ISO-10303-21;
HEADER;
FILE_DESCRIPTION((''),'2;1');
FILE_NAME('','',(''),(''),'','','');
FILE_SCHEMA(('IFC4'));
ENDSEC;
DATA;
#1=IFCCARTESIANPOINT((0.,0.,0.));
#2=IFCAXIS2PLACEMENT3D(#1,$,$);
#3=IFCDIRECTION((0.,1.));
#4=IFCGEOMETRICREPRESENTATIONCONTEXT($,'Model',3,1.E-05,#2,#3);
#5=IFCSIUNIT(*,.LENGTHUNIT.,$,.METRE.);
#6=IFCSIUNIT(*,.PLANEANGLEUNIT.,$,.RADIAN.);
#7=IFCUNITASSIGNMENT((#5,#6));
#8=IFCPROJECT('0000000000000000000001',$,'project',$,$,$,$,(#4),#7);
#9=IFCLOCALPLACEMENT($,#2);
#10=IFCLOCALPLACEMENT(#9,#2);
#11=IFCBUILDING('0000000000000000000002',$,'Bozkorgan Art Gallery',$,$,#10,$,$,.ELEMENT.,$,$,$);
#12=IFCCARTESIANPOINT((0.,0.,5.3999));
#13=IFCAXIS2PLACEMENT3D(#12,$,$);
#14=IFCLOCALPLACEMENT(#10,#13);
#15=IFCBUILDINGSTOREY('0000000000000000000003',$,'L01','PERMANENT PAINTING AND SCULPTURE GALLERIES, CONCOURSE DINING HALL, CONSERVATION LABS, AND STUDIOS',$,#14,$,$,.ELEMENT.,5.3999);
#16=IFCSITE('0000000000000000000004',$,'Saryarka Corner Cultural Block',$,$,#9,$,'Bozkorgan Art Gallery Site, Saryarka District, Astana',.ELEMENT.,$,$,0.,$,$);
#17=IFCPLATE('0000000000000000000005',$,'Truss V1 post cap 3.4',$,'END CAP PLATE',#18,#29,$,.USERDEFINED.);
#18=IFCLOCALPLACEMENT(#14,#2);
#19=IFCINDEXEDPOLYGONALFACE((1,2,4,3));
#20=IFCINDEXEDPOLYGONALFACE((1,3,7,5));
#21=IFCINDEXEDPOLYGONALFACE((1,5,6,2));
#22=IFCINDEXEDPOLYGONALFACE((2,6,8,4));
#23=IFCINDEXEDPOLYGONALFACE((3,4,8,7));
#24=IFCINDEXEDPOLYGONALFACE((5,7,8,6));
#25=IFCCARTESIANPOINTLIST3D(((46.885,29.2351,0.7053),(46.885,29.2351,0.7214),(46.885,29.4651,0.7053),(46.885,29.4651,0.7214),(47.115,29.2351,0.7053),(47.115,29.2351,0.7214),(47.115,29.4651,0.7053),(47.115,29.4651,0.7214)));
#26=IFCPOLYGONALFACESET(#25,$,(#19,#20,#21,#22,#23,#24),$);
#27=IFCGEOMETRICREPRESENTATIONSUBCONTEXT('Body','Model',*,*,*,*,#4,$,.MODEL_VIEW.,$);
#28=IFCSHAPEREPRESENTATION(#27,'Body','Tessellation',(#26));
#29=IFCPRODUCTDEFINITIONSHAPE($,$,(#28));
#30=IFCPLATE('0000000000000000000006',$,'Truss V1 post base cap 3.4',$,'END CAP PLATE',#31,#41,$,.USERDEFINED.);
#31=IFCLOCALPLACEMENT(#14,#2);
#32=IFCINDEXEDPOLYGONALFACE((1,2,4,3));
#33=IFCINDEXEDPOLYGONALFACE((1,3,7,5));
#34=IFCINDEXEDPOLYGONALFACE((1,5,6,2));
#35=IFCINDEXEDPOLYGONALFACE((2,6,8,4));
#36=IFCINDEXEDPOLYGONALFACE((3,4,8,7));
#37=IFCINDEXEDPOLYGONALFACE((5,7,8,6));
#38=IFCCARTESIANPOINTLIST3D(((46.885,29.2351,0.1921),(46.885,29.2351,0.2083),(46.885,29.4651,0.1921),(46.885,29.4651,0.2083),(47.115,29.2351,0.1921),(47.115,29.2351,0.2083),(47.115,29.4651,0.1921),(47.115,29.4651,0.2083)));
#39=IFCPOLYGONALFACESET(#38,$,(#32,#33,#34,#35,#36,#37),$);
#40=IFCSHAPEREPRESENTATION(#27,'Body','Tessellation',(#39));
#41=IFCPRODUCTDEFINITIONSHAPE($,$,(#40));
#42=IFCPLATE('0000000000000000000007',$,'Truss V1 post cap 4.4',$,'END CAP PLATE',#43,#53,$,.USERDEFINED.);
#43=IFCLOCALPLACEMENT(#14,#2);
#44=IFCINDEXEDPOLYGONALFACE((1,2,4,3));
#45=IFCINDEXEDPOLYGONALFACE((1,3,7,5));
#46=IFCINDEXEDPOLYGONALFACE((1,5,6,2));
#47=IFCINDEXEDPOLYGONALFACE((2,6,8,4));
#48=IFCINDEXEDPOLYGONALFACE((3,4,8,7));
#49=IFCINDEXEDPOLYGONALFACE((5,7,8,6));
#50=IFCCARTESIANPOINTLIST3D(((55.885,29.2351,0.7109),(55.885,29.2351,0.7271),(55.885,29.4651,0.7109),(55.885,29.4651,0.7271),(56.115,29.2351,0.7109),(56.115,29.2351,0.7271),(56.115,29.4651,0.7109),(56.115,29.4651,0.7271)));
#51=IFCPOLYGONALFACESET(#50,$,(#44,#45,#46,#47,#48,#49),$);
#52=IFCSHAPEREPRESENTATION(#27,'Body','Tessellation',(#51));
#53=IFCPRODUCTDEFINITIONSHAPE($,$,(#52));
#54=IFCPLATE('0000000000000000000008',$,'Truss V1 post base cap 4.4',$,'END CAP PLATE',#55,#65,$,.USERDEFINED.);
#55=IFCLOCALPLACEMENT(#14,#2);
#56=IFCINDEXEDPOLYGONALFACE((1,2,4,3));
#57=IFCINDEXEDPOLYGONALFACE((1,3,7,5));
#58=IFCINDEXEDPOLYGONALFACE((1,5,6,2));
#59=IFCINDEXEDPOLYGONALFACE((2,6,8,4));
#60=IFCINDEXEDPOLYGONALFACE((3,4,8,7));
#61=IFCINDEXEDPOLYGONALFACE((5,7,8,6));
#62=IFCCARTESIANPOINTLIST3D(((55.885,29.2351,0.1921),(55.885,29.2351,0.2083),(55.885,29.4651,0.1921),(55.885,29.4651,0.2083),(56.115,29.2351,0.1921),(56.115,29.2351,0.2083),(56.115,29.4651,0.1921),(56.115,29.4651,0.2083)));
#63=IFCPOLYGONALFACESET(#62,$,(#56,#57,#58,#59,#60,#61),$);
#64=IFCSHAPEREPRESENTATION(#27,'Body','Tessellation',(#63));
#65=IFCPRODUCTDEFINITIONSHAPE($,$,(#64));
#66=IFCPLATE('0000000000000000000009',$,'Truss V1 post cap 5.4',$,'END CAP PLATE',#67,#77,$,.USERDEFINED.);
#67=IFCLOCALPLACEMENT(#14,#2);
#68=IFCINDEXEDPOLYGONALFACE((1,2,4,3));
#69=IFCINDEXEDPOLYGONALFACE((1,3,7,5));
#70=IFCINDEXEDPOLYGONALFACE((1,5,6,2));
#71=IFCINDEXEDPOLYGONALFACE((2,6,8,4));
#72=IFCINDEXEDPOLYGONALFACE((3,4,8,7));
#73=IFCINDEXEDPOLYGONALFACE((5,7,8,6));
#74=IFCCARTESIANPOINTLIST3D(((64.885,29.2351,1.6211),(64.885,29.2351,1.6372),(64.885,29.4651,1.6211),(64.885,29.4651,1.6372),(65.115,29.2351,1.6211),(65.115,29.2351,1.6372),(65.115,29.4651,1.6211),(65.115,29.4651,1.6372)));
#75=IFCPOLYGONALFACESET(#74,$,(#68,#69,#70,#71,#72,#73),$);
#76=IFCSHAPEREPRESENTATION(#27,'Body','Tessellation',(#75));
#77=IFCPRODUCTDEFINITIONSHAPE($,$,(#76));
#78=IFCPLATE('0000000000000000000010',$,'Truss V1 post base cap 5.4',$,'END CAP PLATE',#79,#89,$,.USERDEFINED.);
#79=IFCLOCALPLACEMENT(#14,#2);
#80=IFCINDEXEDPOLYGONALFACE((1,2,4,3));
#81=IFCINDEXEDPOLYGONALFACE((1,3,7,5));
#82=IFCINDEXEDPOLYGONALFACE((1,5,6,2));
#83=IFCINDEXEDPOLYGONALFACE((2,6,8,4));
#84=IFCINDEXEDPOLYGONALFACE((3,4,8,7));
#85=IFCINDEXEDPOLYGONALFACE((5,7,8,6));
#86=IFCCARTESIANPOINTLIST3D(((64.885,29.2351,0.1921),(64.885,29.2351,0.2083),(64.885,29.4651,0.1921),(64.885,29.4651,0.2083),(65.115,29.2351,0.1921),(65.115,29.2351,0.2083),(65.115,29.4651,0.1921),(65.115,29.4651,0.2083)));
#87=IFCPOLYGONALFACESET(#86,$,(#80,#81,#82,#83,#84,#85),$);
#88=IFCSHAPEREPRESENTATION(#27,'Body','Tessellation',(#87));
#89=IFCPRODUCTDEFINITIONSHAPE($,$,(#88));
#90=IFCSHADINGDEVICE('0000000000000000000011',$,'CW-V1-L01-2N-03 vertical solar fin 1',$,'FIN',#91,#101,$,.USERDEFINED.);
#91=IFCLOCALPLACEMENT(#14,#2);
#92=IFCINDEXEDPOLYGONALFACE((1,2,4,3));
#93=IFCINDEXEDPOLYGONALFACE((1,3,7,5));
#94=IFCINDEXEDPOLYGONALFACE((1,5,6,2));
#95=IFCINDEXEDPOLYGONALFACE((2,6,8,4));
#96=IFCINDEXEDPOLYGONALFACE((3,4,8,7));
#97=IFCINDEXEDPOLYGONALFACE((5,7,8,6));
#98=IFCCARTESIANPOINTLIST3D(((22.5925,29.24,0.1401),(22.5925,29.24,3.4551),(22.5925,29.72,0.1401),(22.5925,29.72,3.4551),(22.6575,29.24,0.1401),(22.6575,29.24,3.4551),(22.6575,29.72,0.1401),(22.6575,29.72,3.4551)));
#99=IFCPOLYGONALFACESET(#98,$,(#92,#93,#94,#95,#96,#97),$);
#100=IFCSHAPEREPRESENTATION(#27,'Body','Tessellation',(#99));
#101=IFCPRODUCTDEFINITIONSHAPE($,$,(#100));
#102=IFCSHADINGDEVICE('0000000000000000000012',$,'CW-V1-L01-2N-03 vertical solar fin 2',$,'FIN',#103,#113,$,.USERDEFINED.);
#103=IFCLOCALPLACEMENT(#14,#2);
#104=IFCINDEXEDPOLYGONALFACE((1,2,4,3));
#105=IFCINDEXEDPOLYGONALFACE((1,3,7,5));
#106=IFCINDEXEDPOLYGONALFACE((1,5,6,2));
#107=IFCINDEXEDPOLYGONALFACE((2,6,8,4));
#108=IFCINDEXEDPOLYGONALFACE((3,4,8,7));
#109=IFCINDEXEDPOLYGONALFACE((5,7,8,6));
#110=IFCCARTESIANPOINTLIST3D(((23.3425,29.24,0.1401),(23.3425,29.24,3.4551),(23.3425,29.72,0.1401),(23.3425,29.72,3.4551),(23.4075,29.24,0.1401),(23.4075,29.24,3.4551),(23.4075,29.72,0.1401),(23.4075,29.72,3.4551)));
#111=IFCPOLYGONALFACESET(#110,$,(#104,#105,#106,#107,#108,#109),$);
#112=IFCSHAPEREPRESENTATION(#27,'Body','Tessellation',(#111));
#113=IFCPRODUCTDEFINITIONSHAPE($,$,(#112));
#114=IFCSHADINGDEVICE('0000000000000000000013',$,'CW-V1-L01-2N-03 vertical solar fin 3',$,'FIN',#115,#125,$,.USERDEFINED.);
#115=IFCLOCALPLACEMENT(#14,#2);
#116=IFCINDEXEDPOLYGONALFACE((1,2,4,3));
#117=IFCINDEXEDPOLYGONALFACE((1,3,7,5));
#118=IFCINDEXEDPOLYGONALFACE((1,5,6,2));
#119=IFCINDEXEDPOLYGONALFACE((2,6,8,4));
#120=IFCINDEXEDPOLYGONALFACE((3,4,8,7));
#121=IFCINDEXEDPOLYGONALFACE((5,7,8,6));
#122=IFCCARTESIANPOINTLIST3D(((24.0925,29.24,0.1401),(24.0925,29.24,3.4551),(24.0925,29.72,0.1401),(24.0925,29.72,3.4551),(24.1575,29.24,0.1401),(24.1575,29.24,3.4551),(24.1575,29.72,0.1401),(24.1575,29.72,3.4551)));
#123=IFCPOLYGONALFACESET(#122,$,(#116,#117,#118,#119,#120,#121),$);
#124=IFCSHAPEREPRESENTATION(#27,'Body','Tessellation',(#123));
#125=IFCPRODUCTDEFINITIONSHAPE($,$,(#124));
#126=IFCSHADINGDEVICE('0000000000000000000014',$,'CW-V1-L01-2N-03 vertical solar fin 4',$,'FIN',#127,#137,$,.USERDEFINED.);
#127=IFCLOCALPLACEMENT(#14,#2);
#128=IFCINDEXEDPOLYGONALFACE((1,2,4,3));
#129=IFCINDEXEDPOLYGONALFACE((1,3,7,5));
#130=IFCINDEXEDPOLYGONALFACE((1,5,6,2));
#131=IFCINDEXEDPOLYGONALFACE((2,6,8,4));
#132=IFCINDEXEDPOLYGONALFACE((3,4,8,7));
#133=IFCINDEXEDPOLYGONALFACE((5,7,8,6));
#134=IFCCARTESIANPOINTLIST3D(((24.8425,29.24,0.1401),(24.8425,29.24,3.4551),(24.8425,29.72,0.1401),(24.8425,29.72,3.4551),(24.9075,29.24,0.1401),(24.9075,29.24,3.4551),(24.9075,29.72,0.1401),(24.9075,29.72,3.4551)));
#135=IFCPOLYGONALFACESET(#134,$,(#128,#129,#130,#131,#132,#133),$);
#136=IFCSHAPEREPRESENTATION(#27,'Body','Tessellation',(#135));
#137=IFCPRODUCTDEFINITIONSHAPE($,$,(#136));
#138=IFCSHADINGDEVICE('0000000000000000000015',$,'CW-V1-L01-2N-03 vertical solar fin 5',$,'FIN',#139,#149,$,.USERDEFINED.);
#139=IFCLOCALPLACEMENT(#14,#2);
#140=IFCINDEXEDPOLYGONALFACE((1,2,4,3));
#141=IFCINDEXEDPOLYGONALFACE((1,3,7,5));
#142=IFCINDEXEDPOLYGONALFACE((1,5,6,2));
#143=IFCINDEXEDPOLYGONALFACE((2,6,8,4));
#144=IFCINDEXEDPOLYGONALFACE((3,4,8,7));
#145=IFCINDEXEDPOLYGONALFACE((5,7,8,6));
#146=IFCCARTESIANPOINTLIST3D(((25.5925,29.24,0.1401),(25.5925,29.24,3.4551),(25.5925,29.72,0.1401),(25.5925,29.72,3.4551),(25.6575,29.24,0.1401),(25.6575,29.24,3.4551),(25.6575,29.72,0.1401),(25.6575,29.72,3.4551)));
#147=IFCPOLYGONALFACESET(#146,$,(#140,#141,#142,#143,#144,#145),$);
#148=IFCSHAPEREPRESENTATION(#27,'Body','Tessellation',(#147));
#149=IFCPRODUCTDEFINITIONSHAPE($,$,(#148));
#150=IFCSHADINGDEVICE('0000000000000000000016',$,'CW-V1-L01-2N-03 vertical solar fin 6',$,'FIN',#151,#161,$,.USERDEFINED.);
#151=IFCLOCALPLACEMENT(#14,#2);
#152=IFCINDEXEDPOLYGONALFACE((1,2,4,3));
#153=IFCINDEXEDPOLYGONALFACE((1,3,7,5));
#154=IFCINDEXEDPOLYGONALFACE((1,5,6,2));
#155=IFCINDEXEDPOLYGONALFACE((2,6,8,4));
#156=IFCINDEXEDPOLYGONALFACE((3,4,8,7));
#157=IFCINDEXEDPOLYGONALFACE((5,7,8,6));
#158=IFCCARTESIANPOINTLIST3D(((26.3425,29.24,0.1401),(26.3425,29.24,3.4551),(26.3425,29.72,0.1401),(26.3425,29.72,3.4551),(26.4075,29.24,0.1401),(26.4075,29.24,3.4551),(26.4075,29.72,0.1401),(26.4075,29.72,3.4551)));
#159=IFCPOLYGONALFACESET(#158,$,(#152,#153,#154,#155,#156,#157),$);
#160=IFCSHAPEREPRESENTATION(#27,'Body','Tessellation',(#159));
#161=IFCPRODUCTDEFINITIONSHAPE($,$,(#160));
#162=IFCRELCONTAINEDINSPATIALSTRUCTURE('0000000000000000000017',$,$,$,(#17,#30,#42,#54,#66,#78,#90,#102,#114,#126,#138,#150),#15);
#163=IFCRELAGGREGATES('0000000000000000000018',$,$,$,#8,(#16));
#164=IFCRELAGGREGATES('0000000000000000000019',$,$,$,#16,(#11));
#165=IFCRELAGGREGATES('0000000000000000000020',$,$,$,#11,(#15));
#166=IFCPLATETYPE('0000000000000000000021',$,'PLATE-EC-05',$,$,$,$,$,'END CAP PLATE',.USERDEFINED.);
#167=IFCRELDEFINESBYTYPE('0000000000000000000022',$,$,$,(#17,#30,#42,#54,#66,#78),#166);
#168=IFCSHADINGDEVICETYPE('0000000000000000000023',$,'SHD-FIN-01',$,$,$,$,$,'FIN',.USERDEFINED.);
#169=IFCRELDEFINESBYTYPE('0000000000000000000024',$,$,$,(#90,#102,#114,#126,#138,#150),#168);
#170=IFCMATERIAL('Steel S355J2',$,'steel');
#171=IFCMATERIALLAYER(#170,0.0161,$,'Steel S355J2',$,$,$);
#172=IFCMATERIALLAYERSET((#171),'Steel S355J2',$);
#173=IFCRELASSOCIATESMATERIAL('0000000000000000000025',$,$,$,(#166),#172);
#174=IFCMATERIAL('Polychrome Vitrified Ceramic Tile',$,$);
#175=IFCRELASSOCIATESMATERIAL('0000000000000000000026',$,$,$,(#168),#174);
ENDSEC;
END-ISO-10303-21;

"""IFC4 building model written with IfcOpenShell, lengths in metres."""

from ifc_helpers import new_model, si_unit, direction, frame, origin, origin_2d, place, context, subcontext, project, spatial, rectangle, extrude, material, layer, layer_set, type_object, element, save


model = new_model("IFC4")

# Units and contexts
model_context = context("Model", 3, precision=1e-05, world=origin(), true_north=direction((0.0, 1.0)))
body_context = subcontext(model_context, "Body", "Model", "MODEL_VIEW")
ifc_project = project(units=[si_unit("LENGTHUNIT", "METRE"), si_unit("PLANEANGLEUNIT", "RADIAN")], contexts=[model_context])

# Site, building, storey
site_placement = place(None, origin())
site = spatial("IfcSite", under=ifc_project, at=site_placement, Name="Saryarka Corner Cultural Block", LongName="Bozkorgan Art Gallery Site, Saryarka District, Astana", CompositionType="ELEMENT", RefElevation=0.0)
building_placement = place(site_placement, origin())
building = spatial("IfcBuilding", under=site, at=building_placement, Name="Bozkorgan Art Gallery", CompositionType="ELEMENT")
storey_placement = place(building_placement, frame((0.0, 0.0, 5.3999)))
storey = spatial("IfcBuildingStorey", under=building, at=storey_placement, Name="L01", Description="PERMANENT PAINTING AND SCULPTURE GALLERIES, CONCOURSE DINING HALL, CONSERVATION LABS, AND STUDIOS", CompositionType="ELEMENT", Elevation=5.3999)

# Shared definitions
ifc_material_1 = material(Name="Steel S355J2", Category="steel")

# Plates
ifc_layer_1 = layer(ifc_material_1, 0.0161, Name="Steel S355J2")
ifc_layer_set_1 = layer_set([ifc_layer_1], Name="Steel S355J2")
plate_type_1 = type_object("IfcPlateType", Name="PLATE-EC-05", ElementType="END CAP PLATE", PredefinedType="USERDEFINED", material=ifc_layer_set_1)
for number, where, z_axis, x_axis, name in (
    (1, (47.0, 29.3501, 0.7053), (0.0, 0.0, 1.0), (1.0, 0.0, 0.0), "Truss V1 post cap 3.4"),
    (2, (47.0, 29.3501, 0.1921), (0.0, 0.0, 1.0), (1.0, 0.0, 0.0), "Truss V1 post base cap 3.4"),
    (3, (56.0, 29.3501, 0.7109), (0.0, 0.0, 1.0), (1.0, 0.0, 0.0), "Truss V1 post cap 4.4"),
    (4, (56.0, 29.3501, 0.1921), (0.0, 0.0, 1.0), (1.0, 0.0, 0.0), "Truss V1 post base cap 4.4"),
    (5, (65.0, 29.3501, 1.6211), (0.0, 0.0, 1.0), (1.0, 0.0, 0.0), "Truss V1 post cap 5.4"),
    (6, (65.0, 29.3501, 0.1921), (0.0, 0.0, 1.0), (1.0, 0.0, 0.0), "Truss V1 post base cap 5.4"),
):
    element("IfcPlate", number, at=place(storey_placement, frame(where, z_axis=z_axis, x_axis=x_axis)), inside=storey, type_object=plate_type_1, Name=name, ObjectType="END CAP PLATE", PredefinedType="USERDEFINED", context=body_context, shape_type="SweptSolid", body=[
        extrude(rectangle(XDim=0.23, YDim=0.23, at=origin_2d()), origin(), (0.0, 0.0, 1.0), 0.0161),
    ])

# Shading devices
ifc_material_2 = material(Name="Polychrome Vitrified Ceramic Tile")
shading_device_type = type_object("IfcShadingDeviceType", Name="SHD-FIN-01", ElementType="FIN", PredefinedType="USERDEFINED", material=ifc_material_2)
for number, where, z_axis, x_axis, name in (
    (7, (22.625, 29.48, 0.1401), (0.0, 0.0, 1.0), (0.0, 1.0, 0.0), "CW-V1-L01-2N-03 vertical solar fin 1"),
    (8, (23.375, 29.48, 0.1401), (0.0, 0.0, 1.0), (0.0, 1.0, 0.0), "CW-V1-L01-2N-03 vertical solar fin 2"),
    (9, (24.125, 29.48, 0.1401), (0.0, 0.0, 1.0), (0.0, 1.0, 0.0), "CW-V1-L01-2N-03 vertical solar fin 3"),
    (10, (24.875, 29.48, 0.1401), (0.0, 0.0, 1.0), (0.0, 1.0, 0.0), "CW-V1-L01-2N-03 vertical solar fin 4"),
    (11, (25.625, 29.48, 0.1401), (0.0, 0.0, 1.0), (0.0, 1.0, 0.0), "CW-V1-L01-2N-03 vertical solar fin 5"),
    (12, (26.375, 29.48, 0.1401), (0.0, 0.0, 1.0), (0.0, 1.0, 0.0), "CW-V1-L01-2N-03 vertical solar fin 6"),
):
    element("IfcShadingDevice", number, at=place(storey_placement, frame(where, z_axis=z_axis, x_axis=x_axis)), inside=storey, type_object=shading_device_type, Name=name, ObjectType="FIN", PredefinedType="USERDEFINED", context=body_context, shape_type="SweptSolid", body=[
        extrude(rectangle(XDim=0.48, YDim=0.0649, at=origin_2d()), origin(), (0.0, 0.0, 1.0), 3.3149),
    ])

save(model, "model.ifc")
